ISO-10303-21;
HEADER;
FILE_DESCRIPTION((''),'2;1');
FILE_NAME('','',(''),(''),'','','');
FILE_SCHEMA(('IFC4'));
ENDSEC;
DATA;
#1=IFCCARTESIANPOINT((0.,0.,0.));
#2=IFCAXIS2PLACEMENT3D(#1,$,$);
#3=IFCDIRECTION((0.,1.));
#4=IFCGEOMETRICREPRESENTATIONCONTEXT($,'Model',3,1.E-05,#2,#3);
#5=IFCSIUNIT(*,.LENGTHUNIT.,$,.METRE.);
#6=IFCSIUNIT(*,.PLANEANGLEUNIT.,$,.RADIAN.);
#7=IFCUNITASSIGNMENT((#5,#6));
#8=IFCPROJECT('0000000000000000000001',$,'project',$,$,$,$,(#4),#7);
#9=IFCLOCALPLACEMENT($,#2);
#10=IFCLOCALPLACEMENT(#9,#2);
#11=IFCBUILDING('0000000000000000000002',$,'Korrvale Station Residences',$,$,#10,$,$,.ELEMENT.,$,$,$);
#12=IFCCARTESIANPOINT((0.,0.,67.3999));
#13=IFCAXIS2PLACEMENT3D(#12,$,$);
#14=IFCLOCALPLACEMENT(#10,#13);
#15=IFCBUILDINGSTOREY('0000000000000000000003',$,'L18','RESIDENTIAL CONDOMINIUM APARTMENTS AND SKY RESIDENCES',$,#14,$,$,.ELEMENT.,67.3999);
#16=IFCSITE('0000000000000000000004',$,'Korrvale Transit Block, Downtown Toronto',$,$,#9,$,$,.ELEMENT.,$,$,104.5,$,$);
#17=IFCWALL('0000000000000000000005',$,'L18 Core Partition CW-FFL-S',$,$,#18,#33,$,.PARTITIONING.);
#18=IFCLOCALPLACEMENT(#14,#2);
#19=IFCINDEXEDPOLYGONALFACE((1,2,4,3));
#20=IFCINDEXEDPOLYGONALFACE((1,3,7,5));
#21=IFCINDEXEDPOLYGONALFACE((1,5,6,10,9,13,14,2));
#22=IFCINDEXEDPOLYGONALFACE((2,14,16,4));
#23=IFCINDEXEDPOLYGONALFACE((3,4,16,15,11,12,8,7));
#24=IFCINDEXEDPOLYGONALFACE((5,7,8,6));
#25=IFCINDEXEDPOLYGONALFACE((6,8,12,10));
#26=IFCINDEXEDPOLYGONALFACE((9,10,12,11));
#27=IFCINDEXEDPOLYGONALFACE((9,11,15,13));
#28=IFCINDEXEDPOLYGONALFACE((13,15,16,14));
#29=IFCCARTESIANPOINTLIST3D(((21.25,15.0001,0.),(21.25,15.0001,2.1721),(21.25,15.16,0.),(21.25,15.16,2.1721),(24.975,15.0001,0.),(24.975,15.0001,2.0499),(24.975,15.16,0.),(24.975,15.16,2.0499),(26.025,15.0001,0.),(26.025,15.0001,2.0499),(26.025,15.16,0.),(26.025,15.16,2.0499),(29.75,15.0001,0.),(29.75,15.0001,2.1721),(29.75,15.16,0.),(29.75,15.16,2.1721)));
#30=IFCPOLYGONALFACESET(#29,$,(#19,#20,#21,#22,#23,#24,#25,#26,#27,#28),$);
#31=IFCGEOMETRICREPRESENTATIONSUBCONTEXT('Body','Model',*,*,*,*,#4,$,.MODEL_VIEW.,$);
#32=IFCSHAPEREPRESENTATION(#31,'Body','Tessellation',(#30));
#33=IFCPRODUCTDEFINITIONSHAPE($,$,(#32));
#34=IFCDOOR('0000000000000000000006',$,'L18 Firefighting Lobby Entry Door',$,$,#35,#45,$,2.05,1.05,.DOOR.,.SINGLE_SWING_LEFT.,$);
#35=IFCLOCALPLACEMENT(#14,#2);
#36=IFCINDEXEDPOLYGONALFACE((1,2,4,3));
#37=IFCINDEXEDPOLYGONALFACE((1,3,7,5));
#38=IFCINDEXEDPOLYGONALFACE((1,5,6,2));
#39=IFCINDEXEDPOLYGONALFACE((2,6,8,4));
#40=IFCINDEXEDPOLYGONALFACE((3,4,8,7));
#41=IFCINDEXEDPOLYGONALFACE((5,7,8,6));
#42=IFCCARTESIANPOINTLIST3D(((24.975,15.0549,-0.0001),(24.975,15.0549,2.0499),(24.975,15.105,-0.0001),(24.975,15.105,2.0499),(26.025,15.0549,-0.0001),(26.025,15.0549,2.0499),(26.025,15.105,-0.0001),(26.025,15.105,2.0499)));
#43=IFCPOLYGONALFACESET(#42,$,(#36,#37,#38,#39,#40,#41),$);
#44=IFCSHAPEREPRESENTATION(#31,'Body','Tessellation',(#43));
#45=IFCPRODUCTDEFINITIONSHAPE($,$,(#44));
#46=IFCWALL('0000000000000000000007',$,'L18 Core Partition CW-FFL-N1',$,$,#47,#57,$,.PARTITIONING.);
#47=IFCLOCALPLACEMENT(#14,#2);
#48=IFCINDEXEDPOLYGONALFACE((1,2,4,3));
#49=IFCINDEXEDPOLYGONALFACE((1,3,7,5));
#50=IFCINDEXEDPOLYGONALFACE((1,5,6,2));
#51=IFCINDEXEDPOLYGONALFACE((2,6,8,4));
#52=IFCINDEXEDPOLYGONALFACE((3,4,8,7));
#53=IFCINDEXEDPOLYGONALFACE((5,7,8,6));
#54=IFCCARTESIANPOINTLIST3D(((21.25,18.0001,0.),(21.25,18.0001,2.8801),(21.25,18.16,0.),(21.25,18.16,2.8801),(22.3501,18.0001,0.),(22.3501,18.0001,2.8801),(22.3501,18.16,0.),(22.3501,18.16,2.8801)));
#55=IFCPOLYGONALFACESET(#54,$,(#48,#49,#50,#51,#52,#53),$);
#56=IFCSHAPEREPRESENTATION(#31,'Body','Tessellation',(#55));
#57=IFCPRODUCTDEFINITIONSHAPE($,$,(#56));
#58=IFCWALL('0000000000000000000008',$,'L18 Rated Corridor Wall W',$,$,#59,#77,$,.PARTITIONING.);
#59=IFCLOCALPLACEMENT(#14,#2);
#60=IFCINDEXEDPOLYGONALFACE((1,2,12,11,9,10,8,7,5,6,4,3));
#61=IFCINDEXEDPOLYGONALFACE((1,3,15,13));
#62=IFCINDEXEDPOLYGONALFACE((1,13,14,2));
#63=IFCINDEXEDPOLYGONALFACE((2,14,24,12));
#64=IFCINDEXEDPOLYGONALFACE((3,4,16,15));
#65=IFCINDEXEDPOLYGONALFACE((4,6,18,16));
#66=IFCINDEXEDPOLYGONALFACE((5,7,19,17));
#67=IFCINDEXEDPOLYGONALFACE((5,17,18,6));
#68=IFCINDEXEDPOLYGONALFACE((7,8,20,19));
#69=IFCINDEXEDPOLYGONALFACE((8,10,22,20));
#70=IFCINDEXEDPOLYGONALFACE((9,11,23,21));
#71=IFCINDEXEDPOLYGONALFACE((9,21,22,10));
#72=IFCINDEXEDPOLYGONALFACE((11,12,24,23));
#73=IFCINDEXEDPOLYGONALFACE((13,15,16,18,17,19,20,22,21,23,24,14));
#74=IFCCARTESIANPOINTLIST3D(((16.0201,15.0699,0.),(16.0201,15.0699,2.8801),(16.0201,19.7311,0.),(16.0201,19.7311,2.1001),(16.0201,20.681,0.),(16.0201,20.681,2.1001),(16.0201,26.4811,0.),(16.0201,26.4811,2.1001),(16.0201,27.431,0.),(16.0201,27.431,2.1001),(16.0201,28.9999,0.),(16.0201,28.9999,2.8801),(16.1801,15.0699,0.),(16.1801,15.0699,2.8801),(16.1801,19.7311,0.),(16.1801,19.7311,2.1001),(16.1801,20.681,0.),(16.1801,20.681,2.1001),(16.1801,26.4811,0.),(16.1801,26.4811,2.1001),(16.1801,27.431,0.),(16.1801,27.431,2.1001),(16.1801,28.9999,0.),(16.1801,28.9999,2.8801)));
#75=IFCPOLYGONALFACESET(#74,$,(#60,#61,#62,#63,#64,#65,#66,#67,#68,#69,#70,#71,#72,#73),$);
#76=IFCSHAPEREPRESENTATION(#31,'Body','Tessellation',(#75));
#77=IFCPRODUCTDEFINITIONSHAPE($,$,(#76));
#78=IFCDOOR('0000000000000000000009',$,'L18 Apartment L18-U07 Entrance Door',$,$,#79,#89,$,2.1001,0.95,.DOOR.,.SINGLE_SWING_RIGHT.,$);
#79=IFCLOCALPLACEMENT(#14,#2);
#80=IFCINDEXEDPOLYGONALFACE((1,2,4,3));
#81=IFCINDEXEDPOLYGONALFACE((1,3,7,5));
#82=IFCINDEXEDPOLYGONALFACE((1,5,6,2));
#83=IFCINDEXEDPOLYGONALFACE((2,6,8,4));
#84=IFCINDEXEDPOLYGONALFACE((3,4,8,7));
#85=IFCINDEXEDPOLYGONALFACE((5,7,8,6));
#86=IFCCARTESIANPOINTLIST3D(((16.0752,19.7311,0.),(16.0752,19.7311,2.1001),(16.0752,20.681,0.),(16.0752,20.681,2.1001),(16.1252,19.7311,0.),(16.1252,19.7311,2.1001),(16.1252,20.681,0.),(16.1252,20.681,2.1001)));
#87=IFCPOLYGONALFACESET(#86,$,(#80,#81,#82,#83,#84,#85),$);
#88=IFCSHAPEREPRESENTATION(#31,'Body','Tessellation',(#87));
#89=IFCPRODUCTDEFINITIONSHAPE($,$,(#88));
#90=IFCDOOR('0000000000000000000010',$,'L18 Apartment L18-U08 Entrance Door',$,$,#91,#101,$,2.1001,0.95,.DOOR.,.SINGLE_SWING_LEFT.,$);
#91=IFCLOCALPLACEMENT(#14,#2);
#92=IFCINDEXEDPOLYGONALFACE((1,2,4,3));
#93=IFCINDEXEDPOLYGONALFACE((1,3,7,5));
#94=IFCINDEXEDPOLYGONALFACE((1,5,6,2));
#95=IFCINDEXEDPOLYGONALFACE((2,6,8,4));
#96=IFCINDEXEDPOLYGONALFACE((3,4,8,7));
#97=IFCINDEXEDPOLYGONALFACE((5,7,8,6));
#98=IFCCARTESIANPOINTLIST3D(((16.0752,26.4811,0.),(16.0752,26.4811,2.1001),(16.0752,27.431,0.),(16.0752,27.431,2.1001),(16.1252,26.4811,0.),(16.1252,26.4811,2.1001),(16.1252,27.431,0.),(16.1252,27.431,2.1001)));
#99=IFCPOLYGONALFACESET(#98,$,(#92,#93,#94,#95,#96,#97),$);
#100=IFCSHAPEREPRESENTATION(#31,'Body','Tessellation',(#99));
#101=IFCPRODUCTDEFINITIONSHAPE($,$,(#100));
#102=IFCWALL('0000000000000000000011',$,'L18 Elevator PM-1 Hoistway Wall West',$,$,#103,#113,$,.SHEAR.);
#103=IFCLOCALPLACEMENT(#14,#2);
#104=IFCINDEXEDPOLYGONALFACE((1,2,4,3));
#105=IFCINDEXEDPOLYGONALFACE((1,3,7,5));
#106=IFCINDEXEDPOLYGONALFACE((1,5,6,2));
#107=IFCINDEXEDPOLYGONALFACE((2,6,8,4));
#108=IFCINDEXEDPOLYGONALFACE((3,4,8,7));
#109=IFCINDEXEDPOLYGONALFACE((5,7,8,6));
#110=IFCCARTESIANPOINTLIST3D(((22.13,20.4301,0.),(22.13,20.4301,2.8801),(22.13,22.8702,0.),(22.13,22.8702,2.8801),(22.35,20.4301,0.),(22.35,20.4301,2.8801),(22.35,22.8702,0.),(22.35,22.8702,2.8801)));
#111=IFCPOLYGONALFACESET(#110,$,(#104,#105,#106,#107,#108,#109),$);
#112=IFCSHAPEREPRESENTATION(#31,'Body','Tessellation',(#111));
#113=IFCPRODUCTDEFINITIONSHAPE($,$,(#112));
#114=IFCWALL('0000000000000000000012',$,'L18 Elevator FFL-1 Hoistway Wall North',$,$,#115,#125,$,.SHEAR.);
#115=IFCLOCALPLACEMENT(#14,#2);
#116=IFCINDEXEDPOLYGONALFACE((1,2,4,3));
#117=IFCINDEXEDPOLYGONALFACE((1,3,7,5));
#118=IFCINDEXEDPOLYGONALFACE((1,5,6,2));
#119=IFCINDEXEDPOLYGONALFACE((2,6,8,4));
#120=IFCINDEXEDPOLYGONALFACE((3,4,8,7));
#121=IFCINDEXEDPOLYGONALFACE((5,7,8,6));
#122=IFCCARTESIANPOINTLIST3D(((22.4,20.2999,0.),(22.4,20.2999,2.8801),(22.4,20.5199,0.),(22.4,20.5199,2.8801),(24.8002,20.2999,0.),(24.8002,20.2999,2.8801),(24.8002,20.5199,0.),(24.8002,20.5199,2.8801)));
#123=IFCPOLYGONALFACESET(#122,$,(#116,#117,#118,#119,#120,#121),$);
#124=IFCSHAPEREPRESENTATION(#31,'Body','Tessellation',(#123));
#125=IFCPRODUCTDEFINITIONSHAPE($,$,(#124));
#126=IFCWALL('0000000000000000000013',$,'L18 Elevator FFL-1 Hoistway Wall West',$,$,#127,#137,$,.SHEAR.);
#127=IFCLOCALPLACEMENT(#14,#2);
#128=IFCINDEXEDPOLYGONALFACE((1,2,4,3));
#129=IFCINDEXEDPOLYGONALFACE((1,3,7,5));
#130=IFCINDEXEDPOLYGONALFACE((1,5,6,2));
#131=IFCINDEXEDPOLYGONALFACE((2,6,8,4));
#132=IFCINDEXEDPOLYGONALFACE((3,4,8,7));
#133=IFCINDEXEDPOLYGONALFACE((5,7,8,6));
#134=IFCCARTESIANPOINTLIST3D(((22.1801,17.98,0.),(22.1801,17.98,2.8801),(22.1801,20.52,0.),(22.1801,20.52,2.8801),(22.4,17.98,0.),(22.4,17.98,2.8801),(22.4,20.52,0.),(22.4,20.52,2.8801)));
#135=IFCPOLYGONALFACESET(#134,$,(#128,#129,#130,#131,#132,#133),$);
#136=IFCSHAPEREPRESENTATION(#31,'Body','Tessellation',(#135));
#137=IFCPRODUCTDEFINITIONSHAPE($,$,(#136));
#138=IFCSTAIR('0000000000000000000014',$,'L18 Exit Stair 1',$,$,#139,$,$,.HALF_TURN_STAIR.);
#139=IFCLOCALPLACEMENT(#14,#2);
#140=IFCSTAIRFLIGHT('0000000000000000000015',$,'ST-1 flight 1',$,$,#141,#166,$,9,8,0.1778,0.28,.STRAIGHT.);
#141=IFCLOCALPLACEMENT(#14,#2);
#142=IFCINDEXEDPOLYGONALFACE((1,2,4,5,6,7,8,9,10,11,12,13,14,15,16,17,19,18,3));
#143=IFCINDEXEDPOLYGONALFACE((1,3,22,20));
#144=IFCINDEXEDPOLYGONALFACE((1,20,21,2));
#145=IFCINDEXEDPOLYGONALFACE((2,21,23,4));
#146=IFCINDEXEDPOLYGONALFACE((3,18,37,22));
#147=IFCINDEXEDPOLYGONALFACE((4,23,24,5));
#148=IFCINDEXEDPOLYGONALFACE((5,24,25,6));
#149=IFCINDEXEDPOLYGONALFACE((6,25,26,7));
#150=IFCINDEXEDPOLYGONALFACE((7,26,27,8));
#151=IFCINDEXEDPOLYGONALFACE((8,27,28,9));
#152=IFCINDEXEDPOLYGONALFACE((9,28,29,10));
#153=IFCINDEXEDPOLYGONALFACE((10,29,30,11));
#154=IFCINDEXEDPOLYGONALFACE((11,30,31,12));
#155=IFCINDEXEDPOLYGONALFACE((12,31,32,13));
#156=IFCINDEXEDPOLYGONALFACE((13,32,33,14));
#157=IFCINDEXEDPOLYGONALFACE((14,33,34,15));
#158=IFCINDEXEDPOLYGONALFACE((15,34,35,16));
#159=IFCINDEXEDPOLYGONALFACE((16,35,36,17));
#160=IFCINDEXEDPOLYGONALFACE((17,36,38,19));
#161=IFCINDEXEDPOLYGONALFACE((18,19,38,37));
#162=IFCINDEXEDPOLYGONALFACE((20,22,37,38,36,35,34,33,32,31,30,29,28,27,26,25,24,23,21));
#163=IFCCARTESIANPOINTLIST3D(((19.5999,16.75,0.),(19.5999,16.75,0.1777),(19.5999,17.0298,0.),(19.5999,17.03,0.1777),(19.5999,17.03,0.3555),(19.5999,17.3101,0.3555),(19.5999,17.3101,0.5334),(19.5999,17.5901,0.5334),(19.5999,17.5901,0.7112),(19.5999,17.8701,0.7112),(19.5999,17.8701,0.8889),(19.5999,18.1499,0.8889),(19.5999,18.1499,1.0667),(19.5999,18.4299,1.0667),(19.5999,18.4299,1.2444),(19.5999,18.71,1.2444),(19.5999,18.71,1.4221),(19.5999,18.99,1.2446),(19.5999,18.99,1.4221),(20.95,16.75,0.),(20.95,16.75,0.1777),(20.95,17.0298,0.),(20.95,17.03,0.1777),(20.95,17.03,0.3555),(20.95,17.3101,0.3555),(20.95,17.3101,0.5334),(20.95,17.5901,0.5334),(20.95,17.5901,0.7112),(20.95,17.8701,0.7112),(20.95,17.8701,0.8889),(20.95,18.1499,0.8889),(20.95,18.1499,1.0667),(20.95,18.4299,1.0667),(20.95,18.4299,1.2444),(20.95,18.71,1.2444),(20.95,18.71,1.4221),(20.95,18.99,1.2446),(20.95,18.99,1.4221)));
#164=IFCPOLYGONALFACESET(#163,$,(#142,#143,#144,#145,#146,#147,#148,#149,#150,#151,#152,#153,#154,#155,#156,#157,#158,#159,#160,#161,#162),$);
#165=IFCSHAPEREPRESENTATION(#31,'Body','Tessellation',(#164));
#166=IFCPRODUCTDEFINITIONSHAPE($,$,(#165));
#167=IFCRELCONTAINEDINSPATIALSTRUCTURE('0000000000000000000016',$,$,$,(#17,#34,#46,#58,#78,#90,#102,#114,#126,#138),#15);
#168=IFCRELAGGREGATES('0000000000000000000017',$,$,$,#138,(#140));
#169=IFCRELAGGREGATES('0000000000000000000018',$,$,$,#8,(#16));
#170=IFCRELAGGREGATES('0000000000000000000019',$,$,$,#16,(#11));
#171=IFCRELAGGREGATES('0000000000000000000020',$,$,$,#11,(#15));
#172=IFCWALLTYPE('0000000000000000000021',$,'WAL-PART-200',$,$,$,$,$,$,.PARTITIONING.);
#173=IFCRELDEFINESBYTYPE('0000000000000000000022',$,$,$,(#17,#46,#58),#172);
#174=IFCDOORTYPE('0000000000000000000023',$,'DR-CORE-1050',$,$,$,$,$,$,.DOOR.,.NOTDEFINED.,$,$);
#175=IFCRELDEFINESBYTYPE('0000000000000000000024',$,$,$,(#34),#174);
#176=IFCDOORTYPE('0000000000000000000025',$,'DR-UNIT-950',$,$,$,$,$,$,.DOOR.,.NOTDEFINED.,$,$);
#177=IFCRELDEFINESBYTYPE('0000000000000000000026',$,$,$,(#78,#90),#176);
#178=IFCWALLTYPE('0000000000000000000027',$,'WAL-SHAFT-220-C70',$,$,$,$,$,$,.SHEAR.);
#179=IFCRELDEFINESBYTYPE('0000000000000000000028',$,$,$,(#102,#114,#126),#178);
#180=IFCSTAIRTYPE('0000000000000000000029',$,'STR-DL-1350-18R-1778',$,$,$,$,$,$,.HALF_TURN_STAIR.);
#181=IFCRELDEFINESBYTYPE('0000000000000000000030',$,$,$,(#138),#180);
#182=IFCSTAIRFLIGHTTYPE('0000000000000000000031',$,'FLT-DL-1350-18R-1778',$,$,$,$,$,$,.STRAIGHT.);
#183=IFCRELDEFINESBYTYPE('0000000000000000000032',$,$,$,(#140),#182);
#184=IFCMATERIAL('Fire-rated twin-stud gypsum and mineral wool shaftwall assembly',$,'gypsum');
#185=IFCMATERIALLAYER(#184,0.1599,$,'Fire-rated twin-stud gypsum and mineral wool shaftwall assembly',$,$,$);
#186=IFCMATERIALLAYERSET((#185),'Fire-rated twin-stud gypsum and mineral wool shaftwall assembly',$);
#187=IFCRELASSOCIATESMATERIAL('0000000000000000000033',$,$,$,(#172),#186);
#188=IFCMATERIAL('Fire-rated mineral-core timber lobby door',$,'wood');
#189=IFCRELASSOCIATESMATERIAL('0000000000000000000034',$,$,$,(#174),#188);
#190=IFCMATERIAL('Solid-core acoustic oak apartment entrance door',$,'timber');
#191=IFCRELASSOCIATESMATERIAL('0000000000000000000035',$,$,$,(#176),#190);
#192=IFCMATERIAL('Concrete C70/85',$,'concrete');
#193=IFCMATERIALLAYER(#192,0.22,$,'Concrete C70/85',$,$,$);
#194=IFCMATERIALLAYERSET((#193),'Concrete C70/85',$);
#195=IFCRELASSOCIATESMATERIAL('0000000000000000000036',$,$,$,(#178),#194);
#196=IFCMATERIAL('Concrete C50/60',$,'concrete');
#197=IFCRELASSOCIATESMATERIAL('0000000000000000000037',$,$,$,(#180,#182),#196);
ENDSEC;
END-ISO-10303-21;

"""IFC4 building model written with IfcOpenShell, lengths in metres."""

from ifc_helpers import new_model, si_unit, direction, frame, frame_2d, origin, place, context, subcontext, project, spatial, polyline, rectangle, outline, extrude, material, layer, layer_set, type_object, element, fill, aggregate, save


model = new_model("IFC4")

# Units and contexts
model_context = context("Model", 3, precision=1e-05, world=origin(), true_north=direction((0.0, 1.0)))
body_context = subcontext(model_context, "Body", "Model", "MODEL_VIEW")
ifc_project = project(units=[si_unit("LENGTHUNIT", "METRE"), si_unit("PLANEANGLEUNIT", "RADIAN")], contexts=[model_context])

# Site, building, storey
site_placement = place(None, origin())
site = spatial("IfcSite", under=ifc_project, at=site_placement, Name="Korrvale Transit Block, Downtown Toronto", CompositionType="ELEMENT", RefElevation=104.5)
building_placement = place(site_placement, origin())
building = spatial("IfcBuilding", under=site, at=building_placement, Name="Korrvale Station Residences", CompositionType="ELEMENT")
storey_placement = place(building_placement, frame((0.0, 0.0, 67.3999)))
storey = spatial("IfcBuildingStorey", under=building, at=storey_placement, Name="L18", Description="RESIDENTIAL CONDOMINIUM APARTMENTS AND SKY RESIDENCES", CompositionType="ELEMENT", Elevation=67.3999)

# Shared definitions
ifc_material_1 = material(Name="Concrete C70/85", Category="concrete")

# Wall, opening, door
ifc_material_2 = material(Name="Fire-rated twin-stud gypsum and mineral wool shaftwall assembly", Category="gypsum")
ifc_layer_1 = layer(ifc_material_2, 0.1599, Name="Fire-rated twin-stud gypsum and mineral wool shaftwall assembly")
ifc_layer_set_1 = layer_set([ifc_layer_1], Name="Fire-rated twin-stud gypsum and mineral wool shaftwall assembly")
wall_type_1 = type_object("IfcWallType", Name="WAL-PART-200", PredefinedType="PARTITIONING", material=ifc_layer_set_1)
wall_1_placement = place(storey_placement, frame((21.25, 15.0801, 0.0), z_axis=(0.0, 0.0, 1.0), x_axis=(1.0, 0.0, 0.0)))
wall_1 = element("IfcWall", 1, at=wall_1_placement, inside=storey, type_object=wall_type_1, Name="L18 Core Partition CW-FFL-S", PredefinedType="PARTITIONING", context=body_context, shape_type="SweptSolid", body=[
    extrude(rectangle(XDim=8.5, YDim=0.1599, at=frame_2d((4.25, 0.0))), origin(), (0.0, 0.0, 1.0), 2.1721),
])
opening_1_placement = place(wall_1_placement, frame((3.7251, 0.0, 0.0)))
opening_1 = element("IfcOpeningElement", 2, at=opening_1_placement, cuts=wall_1, PredefinedType="OPENING", context=body_context, shape_type="SweptSolid", body=[
    extrude(rectangle(XDim=1.05, YDim=2.05, at=frame_2d((0.5249, 1.0249))), frame((0.0, 0.0898, 0.0), z_axis=(0.0, -1.0, 0.0), x_axis=(1.0, 0.0, 0.0)), (0.0, 0.0, 1.0), 0.1799),
])
ifc_material_3 = material(Name="Fire-rated mineral-core timber lobby door", Category="wood")
door_type_1 = type_object("IfcDoorType", Name="DR-CORE-1050", OperationType="NOTDEFINED", PredefinedType="DOOR", material=ifc_material_3)
door_1_placement = place(opening_1_placement, origin())
door_1 = element("IfcDoor", 3, at=door_1_placement, inside=storey, type_object=door_type_1, Name="L18 Firefighting Lobby Entry Door", OperationType="SINGLE_SWING_LEFT", OverallHeight=2.05, OverallWidth=1.05, PredefinedType="DOOR", context=body_context, shape_type="SweptSolid", body=[
    extrude(rectangle(XDim=1.05, YDim=2.05, at=frame_2d((0.5249, 1.0249))), frame((0.0, 0.0249, 0.0), z_axis=(0.0, -1.0, 0.0), x_axis=(1.0, 0.0, 0.0)), (0.0, 0.0, 1.0), 0.05),
])
fill(opening_1, door_1)

# Wall
wall_2_placement = place(storey_placement, frame((21.25, 18.0801, 0.0), z_axis=(0.0, 0.0, 1.0), x_axis=(1.0, 0.0, 0.0)))
element("IfcWall", 4, at=wall_2_placement, inside=storey, type_object=wall_type_1, Name="L18 Core Partition CW-FFL-N1", PredefinedType="PARTITIONING", context=body_context, shape_type="SweptSolid", body=[
    extrude(rectangle(XDim=1.1001, YDim=0.1599, at=frame_2d((0.55, 0.0))), origin(), (0.0, 0.0, 1.0), 2.8801),
])

# Wall, openings, doors
wall_3_placement = place(storey_placement, frame((16.1001, 15.0701, 0.0), z_axis=(0.0, 0.0, 1.0), x_axis=(0.0, 1.0, 0.0)))
wall_3 = element("IfcWall", 5, at=wall_3_placement, inside=storey, type_object=wall_type_1, Name="L18 Rated Corridor Wall W", PredefinedType="PARTITIONING", context=body_context, shape_type="SweptSolid", body=[
    extrude(rectangle(XDim=13.9299, YDim=0.1599, at=frame_2d((6.9648, 0.0))), origin(), (0.0, 0.0, 1.0), 2.8801),
])
opening_2_placement = place(wall_3_placement, frame((4.6609, 0.0, 0.0)))
opening_2 = element("IfcOpeningElement", 6, at=opening_2_placement, cuts=wall_3, PredefinedType="OPENING", context=body_context, shape_type="SweptSolid", body=[
    extrude(rectangle(XDim=0.95, YDim=2.1001, at=frame_2d((0.4751, 1.05))), frame((0.0, 0.0898, 0.0), z_axis=(0.0, -1.0, 0.0), x_axis=(1.0, 0.0, 0.0)), (0.0, 0.0, 1.0), 0.1799),
])
opening_3_placement = place(wall_3_placement, frame((11.4109, 0.0, 0.0)))
opening_3 = element("IfcOpeningElement", 7, at=opening_3_placement, cuts=wall_3, PredefinedType="OPENING", context=body_context, shape_type="SweptSolid", body=[
    extrude(rectangle(XDim=0.95, YDim=2.1001, at=frame_2d((0.4751, 1.05))), frame((0.0, 0.0898, 0.0), z_axis=(0.0, -1.0, 0.0), x_axis=(1.0, 0.0, 0.0)), (0.0, 0.0, 1.0), 0.1799),
])
ifc_material_4 = material(Name="Solid-core acoustic oak apartment entrance door", Category="timber")
door_type_2 = type_object("IfcDoorType", Name="DR-UNIT-950", OperationType="NOTDEFINED", PredefinedType="DOOR", material=ifc_material_4)
door_2_placement = place(opening_2_placement, origin())
door_2 = element("IfcDoor", 8, at=door_2_placement, inside=storey, type_object=door_type_2, Name="L18 Apartment L18-U07 Entrance Door", OperationType="SINGLE_SWING_RIGHT", OverallHeight=2.1001, OverallWidth=0.95, PredefinedType="DOOR", context=body_context, shape_type="SweptSolid", body=[
    extrude(rectangle(XDim=0.95, YDim=2.1001, at=frame_2d((0.4751, 1.05))), frame((0.0, 0.0249, 0.0), z_axis=(0.0, -1.0, 0.0), x_axis=(1.0, 0.0, 0.0)), (0.0, 0.0, 1.0), 0.05),
])
fill(opening_2, door_2)
door_3_placement = place(opening_3_placement, origin())
door_3 = element("IfcDoor", 9, at=door_3_placement, inside=storey, type_object=door_type_2, Name="L18 Apartment L18-U08 Entrance Door", OperationType="SINGLE_SWING_LEFT", OverallHeight=2.1001, OverallWidth=0.95, PredefinedType="DOOR", context=body_context, shape_type="SweptSolid", body=[
    extrude(rectangle(XDim=0.95, YDim=2.1001, at=frame_2d((0.4751, 1.05))), frame((0.0, 0.0249, 0.0), z_axis=(0.0, -1.0, 0.0), x_axis=(1.0, 0.0, 0.0)), (0.0, 0.0, 1.0), 0.05),
])
fill(opening_3, door_3)

# Wall
ifc_layer_2 = layer(ifc_material_1, 0.22, Name="Concrete C70/85")
ifc_layer_set_2 = layer_set([ifc_layer_2], Name="Concrete C70/85")
wall_type_2 = type_object("IfcWallType", Name="WAL-SHAFT-220-C70", PredefinedType="SHEAR", material=ifc_layer_set_2)
wall_4_placement = place(storey_placement, frame((22.24, 20.4299, 0.0), z_axis=(0.0, 0.0, 1.0), x_axis=(0.0, 1.0, 0.0)))
element("IfcWall", 10, at=wall_4_placement, inside=storey, type_object=wall_type_2, Name="L18 Elevator PM-1 Hoistway Wall West", PredefinedType="SHEAR", context=body_context, shape_type="SweptSolid", body=[
    extrude(rectangle(XDim=2.4402, YDim=0.22, at=frame_2d((1.2202, 0.0))), origin(), (0.0, 0.0, 1.0), 2.8801),
])

# Walls
wall_5_placement = place(storey_placement, frame((22.3999, 20.4099, 0.0), z_axis=(0.0, 0.0, 1.0), x_axis=(1.0, 0.0, 0.0)))
element("IfcWall", 11, at=wall_5_placement, inside=storey, type_object=wall_type_2, Name="L18 Elevator FFL-1 Hoistway Wall North", PredefinedType="SHEAR", context=body_context, shape_type="SweptSolid", body=[
    extrude(rectangle(XDim=2.4001, YDim=0.22, at=frame_2d((1.2002, 0.0))), origin(), (0.0, 0.0, 1.0), 2.8801),
])
wall_6_placement = place(storey_placement, frame((22.29, 17.98, 0.0), z_axis=(0.0, 0.0, 1.0), x_axis=(0.0, 1.0, 0.0)))
element("IfcWall", 12, at=wall_6_placement, inside=storey, type_object=wall_type_2, Name="L18 Elevator FFL-1 Hoistway Wall West", PredefinedType="SHEAR", context=body_context, shape_type="SweptSolid", body=[
    extrude(rectangle(XDim=2.54, YDim=0.22, at=frame_2d((1.27, 0.0))), origin(), (0.0, 0.0, 1.0), 2.8801),
])

# Stair, stair flight
ifc_material_5 = material(Name="Concrete C50/60", Category="concrete")
stair_type = type_object("IfcStairType", Name="STR-DL-1350-18R-1778", PredefinedType="HALF_TURN_STAIR", material=ifc_material_5)
stair_placement = place(storey_placement, origin())
stair = element("IfcStair", 13, at=stair_placement, inside=storey, type_object=stair_type, Name="L18 Exit Stair 1", PredefinedType="HALF_TURN_STAIR")
stair_flight_type = type_object("IfcStairFlightType", Name="FLT-DL-1350-18R-1778", PredefinedType="STRAIGHT", material=ifc_material_5)
stair_flight_1_placement = place(storey_placement, frame((20.2749, 16.75, 0.0), z_axis=(0.0, 0.0, 1.0), x_axis=(0.0, 1.0, 0.0)))
stair_flight_1 = element("IfcStairFlight", 14, at=stair_flight_1_placement, type_object=stair_flight_type, Name="ST-1 flight 1", NumberOfRisers=9, NumberOfTreads=8, PredefinedType="STRAIGHT", RiserHeight=0.1778, TreadLength=0.28, context=body_context, shape_type="SweptSolid", body=[
    extrude(outline(polyline([(0.0, 0.0), (0.0, 0.1777), (0.28, 0.1777), (0.28, 0.3555), (0.5601, 0.3555), (0.5601, 0.5334), (0.8401, 0.5334), (0.8401, 0.7112), (1.1201, 0.7112), (1.1201, 0.8889), (1.3999, 0.8889), (1.3999, 1.0667), (1.6799, 1.0667), (1.6799, 1.2444), (1.96, 1.2444), (1.96, 1.4221), (2.24, 1.4221), (2.24, 1.6001), (2.24, 1.2446), (0.2798, 0.0), (0.0, 0.0)])), frame((0.0, 0.675, 0.0), z_axis=(0.0, -1.0, 0.0), x_axis=(1.0, 0.0, 0.0)), (0.0, 0.0, 1.0), 1.3501),
])
aggregate(stair, [stair_flight_1])

save(model, "model.ifc")
